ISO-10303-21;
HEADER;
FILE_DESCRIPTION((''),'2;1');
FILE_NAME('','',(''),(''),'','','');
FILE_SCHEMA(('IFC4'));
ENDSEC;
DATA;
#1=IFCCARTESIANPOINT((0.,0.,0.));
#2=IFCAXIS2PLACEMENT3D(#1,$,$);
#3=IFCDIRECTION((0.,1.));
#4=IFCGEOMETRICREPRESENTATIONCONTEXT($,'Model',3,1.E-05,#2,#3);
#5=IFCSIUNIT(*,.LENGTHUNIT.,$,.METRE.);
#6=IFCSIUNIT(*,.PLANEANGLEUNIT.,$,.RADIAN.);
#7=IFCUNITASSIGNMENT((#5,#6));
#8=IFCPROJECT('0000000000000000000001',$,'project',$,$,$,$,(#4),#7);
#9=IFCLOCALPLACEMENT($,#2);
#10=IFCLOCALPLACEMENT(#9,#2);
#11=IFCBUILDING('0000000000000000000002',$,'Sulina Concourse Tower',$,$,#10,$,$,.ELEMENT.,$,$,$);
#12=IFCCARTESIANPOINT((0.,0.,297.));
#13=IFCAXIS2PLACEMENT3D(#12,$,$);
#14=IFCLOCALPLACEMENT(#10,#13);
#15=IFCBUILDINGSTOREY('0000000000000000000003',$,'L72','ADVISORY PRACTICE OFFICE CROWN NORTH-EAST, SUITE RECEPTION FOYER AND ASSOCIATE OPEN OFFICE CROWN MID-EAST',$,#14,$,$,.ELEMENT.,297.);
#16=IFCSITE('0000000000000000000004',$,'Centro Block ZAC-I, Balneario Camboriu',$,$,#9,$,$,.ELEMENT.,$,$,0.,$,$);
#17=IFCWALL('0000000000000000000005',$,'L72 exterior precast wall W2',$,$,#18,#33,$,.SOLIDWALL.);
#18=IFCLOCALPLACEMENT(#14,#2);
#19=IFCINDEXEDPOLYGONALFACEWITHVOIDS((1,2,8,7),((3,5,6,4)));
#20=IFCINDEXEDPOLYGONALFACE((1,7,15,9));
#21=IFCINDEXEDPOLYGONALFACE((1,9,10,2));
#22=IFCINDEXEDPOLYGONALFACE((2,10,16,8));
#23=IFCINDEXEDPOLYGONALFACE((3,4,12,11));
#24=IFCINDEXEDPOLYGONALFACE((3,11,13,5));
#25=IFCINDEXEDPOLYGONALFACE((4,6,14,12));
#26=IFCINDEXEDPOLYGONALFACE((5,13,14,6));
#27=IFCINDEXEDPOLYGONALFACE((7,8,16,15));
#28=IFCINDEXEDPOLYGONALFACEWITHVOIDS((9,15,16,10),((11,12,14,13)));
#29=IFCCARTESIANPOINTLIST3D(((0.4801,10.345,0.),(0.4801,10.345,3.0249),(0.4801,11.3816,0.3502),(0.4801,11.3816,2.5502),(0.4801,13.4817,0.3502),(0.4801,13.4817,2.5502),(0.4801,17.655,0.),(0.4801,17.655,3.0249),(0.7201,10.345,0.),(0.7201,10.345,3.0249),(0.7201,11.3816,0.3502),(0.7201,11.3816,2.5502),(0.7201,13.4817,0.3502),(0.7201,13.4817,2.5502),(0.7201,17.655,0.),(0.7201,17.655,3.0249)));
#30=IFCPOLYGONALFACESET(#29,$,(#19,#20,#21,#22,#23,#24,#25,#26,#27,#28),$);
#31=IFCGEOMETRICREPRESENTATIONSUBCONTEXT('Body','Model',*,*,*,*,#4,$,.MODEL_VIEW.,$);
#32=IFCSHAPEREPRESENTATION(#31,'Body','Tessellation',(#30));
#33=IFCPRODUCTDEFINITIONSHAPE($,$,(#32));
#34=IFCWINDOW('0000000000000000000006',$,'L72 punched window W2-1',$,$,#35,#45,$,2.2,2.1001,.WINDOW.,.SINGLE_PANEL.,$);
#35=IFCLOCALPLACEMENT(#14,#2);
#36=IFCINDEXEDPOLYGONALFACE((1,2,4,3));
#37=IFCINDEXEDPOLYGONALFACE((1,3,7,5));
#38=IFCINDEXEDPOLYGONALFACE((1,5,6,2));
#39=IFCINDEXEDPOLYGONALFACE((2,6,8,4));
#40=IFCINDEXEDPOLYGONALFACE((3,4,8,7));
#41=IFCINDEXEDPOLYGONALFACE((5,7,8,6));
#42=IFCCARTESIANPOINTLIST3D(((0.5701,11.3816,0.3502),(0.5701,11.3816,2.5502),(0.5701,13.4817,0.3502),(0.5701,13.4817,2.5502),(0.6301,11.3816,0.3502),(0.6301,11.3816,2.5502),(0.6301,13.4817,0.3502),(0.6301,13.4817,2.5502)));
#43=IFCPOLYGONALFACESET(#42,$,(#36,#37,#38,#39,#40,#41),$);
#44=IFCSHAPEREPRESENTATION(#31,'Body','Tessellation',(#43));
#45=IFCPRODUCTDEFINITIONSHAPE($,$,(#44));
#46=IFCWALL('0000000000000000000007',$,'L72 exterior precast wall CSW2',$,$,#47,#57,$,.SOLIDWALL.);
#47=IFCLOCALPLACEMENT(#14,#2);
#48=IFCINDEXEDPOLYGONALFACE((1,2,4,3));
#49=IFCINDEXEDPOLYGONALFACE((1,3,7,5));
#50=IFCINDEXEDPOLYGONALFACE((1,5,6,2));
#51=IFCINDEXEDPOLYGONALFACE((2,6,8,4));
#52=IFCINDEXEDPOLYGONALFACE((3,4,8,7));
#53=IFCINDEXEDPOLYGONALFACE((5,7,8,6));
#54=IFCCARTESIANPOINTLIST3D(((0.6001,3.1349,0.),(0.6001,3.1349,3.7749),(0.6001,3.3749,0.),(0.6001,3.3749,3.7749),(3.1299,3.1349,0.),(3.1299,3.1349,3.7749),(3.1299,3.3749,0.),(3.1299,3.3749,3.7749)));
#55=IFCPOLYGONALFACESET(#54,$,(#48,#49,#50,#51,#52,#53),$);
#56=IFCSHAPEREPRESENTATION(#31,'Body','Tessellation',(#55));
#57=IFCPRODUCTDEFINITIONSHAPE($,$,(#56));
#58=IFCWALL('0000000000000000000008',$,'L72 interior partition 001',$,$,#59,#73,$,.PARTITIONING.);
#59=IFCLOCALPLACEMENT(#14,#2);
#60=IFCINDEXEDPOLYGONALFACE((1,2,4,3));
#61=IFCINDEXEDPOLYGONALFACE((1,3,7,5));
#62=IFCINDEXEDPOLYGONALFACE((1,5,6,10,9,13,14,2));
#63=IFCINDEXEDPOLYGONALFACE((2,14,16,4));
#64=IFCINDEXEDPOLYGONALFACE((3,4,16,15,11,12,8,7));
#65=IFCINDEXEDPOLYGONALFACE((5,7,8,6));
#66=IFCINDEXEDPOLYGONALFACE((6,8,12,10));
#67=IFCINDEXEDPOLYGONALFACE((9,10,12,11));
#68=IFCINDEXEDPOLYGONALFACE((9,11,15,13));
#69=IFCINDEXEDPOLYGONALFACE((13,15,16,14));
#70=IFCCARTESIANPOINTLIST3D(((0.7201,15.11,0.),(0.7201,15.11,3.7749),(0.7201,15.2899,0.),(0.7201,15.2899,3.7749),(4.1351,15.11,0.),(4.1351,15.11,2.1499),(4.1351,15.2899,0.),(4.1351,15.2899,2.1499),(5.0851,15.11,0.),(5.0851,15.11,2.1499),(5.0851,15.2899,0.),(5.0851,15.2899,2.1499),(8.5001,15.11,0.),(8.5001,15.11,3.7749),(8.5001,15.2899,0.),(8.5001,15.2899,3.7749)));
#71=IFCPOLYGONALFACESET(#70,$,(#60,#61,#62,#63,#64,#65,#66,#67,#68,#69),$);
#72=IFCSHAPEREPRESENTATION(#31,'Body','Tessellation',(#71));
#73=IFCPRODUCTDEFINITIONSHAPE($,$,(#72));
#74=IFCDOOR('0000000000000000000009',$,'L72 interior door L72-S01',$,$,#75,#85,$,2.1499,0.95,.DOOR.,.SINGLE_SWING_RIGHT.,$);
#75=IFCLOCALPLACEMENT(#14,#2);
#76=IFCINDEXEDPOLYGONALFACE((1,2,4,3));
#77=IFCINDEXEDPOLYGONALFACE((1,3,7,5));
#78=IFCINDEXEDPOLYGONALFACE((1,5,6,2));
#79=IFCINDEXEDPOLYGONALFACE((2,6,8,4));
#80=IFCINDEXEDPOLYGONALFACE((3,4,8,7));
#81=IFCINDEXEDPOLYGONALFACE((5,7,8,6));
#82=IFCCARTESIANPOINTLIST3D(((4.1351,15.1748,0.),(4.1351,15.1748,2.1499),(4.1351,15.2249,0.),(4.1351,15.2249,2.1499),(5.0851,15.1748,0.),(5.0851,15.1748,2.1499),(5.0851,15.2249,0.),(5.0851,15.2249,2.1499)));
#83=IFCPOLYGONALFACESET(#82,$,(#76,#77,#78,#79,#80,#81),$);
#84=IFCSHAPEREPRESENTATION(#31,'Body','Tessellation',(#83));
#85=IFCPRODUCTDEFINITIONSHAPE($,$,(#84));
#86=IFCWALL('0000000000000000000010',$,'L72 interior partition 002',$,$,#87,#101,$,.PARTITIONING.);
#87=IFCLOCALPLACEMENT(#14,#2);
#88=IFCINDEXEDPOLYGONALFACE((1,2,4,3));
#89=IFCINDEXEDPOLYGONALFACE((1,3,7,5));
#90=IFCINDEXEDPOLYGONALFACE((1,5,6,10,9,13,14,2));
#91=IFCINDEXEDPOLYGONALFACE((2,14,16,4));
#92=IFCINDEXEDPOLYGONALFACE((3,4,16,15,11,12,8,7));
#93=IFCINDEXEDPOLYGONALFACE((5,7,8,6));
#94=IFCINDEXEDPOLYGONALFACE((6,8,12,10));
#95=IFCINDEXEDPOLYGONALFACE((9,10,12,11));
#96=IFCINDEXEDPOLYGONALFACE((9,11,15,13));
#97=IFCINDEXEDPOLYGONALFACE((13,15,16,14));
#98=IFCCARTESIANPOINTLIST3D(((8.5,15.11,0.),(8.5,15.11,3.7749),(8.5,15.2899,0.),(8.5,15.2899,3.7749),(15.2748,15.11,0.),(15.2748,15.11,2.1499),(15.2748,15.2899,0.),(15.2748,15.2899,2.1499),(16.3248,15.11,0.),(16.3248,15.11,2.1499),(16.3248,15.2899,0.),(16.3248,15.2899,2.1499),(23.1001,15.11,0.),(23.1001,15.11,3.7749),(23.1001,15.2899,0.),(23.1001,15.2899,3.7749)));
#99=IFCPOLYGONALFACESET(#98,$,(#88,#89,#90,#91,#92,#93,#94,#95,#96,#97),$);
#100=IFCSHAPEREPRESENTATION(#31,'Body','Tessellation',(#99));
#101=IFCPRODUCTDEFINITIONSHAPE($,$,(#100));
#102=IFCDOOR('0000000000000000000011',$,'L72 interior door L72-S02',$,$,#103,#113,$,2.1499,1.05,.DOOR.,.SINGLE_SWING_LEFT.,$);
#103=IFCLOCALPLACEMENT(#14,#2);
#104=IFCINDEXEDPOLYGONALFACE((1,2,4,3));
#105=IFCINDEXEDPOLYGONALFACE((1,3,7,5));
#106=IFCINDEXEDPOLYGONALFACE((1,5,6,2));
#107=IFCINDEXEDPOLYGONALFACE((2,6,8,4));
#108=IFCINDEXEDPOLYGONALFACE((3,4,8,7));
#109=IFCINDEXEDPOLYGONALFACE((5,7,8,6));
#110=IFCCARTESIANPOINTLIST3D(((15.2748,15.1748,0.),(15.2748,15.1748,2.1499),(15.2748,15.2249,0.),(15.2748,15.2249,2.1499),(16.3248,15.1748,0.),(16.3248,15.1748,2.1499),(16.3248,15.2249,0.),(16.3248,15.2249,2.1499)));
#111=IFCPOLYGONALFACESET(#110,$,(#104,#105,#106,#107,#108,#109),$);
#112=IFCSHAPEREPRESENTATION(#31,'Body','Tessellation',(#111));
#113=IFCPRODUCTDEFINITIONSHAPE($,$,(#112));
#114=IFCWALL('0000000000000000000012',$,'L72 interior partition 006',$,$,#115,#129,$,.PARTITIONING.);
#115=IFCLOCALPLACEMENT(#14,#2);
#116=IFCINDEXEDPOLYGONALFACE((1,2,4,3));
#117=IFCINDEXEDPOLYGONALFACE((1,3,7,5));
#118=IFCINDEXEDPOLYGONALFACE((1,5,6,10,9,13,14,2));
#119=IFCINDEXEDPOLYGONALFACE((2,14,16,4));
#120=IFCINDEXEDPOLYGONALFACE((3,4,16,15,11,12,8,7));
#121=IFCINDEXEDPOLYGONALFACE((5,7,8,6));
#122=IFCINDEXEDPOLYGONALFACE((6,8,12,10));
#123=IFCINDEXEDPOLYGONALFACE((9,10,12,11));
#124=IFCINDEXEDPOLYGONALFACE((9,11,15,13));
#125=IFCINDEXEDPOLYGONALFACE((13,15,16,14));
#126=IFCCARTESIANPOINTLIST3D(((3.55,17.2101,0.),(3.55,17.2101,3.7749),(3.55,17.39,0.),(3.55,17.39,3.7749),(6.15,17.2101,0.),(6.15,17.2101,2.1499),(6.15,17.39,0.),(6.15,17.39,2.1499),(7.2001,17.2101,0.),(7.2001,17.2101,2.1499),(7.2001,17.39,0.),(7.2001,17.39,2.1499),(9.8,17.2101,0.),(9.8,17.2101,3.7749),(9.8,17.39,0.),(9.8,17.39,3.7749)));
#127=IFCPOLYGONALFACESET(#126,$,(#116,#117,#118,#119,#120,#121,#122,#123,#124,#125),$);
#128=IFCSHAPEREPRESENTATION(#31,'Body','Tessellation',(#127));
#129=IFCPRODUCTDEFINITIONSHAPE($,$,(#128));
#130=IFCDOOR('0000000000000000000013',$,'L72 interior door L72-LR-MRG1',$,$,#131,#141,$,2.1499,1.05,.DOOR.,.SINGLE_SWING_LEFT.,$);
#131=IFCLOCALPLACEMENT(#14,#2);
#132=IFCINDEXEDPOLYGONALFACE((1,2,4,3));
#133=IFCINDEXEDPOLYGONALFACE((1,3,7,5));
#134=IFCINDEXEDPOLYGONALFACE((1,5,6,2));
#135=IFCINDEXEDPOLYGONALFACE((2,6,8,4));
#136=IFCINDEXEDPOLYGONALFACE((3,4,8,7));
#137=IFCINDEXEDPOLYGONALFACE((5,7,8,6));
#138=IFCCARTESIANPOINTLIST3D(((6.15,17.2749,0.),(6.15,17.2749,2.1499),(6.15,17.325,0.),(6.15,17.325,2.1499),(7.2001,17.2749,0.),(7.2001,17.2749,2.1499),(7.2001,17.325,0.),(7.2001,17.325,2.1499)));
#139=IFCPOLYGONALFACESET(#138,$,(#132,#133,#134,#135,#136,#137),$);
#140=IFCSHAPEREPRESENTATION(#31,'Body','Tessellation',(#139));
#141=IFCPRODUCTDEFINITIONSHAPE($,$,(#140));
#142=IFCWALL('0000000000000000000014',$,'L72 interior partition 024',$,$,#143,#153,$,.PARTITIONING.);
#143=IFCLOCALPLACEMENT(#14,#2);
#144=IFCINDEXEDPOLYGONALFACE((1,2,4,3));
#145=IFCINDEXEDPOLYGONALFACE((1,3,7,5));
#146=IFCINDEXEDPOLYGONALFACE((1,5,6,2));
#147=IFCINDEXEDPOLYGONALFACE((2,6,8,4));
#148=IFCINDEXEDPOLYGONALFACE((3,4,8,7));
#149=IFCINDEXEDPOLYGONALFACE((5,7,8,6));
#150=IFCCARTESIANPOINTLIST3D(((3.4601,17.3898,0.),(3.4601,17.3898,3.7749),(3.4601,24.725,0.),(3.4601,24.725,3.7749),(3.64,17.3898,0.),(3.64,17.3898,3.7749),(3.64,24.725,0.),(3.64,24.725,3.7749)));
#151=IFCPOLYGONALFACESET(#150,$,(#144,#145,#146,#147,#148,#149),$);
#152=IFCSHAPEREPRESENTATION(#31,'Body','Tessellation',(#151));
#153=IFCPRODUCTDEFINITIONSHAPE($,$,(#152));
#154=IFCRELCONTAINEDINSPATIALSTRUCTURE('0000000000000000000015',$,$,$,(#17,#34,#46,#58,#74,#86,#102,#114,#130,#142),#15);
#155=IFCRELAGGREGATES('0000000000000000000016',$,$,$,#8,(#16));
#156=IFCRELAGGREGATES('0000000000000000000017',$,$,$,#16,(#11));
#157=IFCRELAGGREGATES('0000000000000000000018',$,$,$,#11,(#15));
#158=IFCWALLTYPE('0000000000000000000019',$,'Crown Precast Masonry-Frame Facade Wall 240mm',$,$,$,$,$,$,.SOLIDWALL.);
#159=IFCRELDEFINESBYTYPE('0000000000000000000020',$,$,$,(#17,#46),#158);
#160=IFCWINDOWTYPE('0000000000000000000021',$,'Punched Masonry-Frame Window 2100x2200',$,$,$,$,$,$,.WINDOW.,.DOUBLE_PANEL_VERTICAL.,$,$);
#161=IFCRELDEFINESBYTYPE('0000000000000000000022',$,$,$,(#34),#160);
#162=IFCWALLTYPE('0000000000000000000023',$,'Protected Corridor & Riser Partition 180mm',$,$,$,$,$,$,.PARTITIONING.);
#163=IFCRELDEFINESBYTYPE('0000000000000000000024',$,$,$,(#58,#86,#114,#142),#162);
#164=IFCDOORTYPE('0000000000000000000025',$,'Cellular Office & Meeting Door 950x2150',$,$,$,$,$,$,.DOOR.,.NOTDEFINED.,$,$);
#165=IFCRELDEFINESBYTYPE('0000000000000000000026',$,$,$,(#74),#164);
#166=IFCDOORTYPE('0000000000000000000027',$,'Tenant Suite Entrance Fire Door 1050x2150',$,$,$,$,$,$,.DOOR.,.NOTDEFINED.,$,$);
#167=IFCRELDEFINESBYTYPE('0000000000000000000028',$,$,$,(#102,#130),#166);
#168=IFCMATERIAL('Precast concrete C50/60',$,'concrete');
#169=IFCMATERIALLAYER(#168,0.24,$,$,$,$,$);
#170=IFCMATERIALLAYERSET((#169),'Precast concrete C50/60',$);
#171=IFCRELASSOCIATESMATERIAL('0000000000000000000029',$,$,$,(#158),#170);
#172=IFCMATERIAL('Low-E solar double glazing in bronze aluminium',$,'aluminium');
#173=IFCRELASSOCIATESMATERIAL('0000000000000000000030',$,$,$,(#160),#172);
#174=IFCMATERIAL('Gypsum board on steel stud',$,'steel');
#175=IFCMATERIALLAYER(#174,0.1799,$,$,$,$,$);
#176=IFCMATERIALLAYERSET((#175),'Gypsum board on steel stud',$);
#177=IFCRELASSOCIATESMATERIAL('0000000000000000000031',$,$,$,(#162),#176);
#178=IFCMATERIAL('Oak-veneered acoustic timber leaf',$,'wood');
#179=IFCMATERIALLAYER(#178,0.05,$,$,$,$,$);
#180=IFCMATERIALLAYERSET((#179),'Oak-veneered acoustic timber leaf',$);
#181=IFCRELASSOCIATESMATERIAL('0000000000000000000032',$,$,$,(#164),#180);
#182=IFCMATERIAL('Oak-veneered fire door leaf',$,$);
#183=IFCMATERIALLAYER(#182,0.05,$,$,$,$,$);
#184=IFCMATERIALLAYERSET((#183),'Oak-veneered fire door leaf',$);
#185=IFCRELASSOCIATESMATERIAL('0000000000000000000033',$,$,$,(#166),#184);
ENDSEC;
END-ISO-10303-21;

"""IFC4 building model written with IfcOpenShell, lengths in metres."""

from ifc_helpers import new_model, si_unit, direction, frame, frame_2d, origin, place, context, subcontext, project, spatial, rectangle, extrude, material, layer, layer_set, type_object, element, fill, save


model = new_model("IFC4")

# Units and contexts
model_context = context("Model", 3, precision=1e-05, world=origin(), true_north=direction((0.0, 1.0)))
body_context = subcontext(model_context, "Body", "Model", "MODEL_VIEW")
ifc_project = project(units=[si_unit("LENGTHUNIT", "METRE"), si_unit("PLANEANGLEUNIT", "RADIAN")], contexts=[model_context])

# Site, building, storey
site_placement = place(None, origin())
site = spatial("IfcSite", under=ifc_project, at=site_placement, Name="Centro Block ZAC-I, Balneario Camboriu", CompositionType="ELEMENT", RefElevation=0.0)
building_placement = place(site_placement, origin())
building = spatial("IfcBuilding", under=site, at=building_placement, Name="Sulina Concourse Tower", CompositionType="ELEMENT")
storey_placement = place(building_placement, frame((0.0, 0.0, 297.0)))
storey = spatial("IfcBuildingStorey", under=building, at=storey_placement, Name="L72", Description="ADVISORY PRACTICE OFFICE CROWN NORTH-EAST, SUITE RECEPTION FOYER AND ASSOCIATE OPEN OFFICE CROWN MID-EAST", CompositionType="ELEMENT", Elevation=297.0)

# Wall, opening, window
ifc_material_1 = material(Name="Precast concrete C50/60", Category="concrete")
ifc_layer_1 = layer(ifc_material_1, 0.24)
ifc_layer_set_1 = layer_set([ifc_layer_1], Name="Precast concrete C50/60")
wall_type_1 = type_object("IfcWallType", Name="Crown Precast Masonry-Frame Facade Wall 240mm", PredefinedType="SOLIDWALL", material=ifc_layer_set_1)
ifc_material_2 = material(Name="Low-E solar double glazing in bronze aluminium", Category="aluminium")
window_type = type_object("IfcWindowType", Name="Punched Masonry-Frame Window 2100x2200", PartitioningType="DOUBLE_PANEL_VERTICAL", PredefinedType="WINDOW", material=ifc_material_2)
wall_1_placement = place(storey_placement, frame((0.6001, 10.345, 0.0), z_axis=(0.0, 0.0, 1.0), x_axis=(0.0, 1.0, 0.0)))
wall_1 = element("IfcWall", 1, at=wall_1_placement, inside=storey, type_object=wall_type_1, Name="L72 exterior precast wall W2", PredefinedType="SOLIDWALL", context=body_context, shape_type="SweptSolid", body=[
    extrude(rectangle(XDim=7.3101, YDim=0.24, at=frame_2d((3.655, 0.0))), origin(), (0.0, 0.0, 1.0), 3.0249),
])
opening_1_placement = place(wall_1_placement, frame((1.0366, 0.0, 0.3501)))
opening_1 = element("IfcOpeningElement", 2, at=opening_1_placement, cuts=wall_1, PredefinedType="OPENING", context=body_context, shape_type="SweptSolid", body=[
    extrude(rectangle(XDim=2.1001, YDim=2.2, at=frame_2d((1.05, 1.1001))), frame((0.0, 0.1299, 0.0), z_axis=(0.0, -1.0, 0.0), x_axis=(1.0, 0.0, 0.0)), (0.0, 0.0, 1.0), 0.26),
])
window_1_placement = place(opening_1_placement, origin())
window_1 = element("IfcWindow", 3, at=window_1_placement, inside=storey, type_object=window_type, Name="L72 punched window W2-1", OverallHeight=2.2, OverallWidth=2.1001, PartitioningType="SINGLE_PANEL", PredefinedType="WINDOW", context=body_context, shape_type="SweptSolid", body=[
    extrude(rectangle(XDim=2.1001, YDim=2.2, at=frame_2d((1.05, 1.1001))), frame((0.0, 0.03, 0.0), z_axis=(0.0, -1.0, 0.0), x_axis=(1.0, 0.0, 0.0)), (0.0, 0.0, 1.0), 0.0601),
])
fill(opening_1, window_1)

# Wall
wall_2_placement = place(storey_placement, frame((3.1299, 3.2549, 0.0), z_axis=(0.0, 0.0, 1.0), x_axis=(-1.0, 0.0, 0.0)))
element("IfcWall", 4, at=wall_2_placement, inside=storey, type_object=wall_type_1, Name="L72 exterior precast wall CSW2", PredefinedType="SOLIDWALL", context=body_context, shape_type="SweptSolid", body=[
    extrude(rectangle(XDim=2.5298, YDim=0.24, at=frame_2d((1.2649, 0.0))), origin(), (0.0, 0.0, 1.0), 3.7749),
])

# Walls, openings, doors
ifc_material_3 = material(Name="Gypsum board on steel stud", Category="steel")
ifc_layer_2 = layer(ifc_material_3, 0.1799)
ifc_layer_set_2 = layer_set([ifc_layer_2], Name="Gypsum board on steel stud")
wall_type_2 = type_object("IfcWallType", Name="Protected Corridor & Riser Partition 180mm", PredefinedType="PARTITIONING", material=ifc_layer_set_2)
wall_3_placement = place(storey_placement, frame((0.72, 15.2, 0.0), z_axis=(0.0, 0.0, 1.0), x_axis=(1.0, 0.0, 0.0)))
wall_3 = element("IfcWall", 5, at=wall_3_placement, inside=storey, type_object=wall_type_2, Name="L72 interior partition 001", PredefinedType="PARTITIONING", context=body_context, shape_type="SweptSolid", body=[
    extrude(rectangle(XDim=7.78, YDim=0.1799, at=frame_2d((3.8901, 0.0))), origin(), (0.0, 0.0, 1.0), 3.7749),
])
opening_2_placement = place(wall_3_placement, frame((3.415, 0.0, 0.0)))
opening_2 = element("IfcOpeningElement", 6, at=opening_2_placement, cuts=wall_3, PredefinedType="OPENING", context=body_context, shape_type="SweptSolid", body=[
    extrude(rectangle(XDim=0.95, YDim=2.1499, at=frame_2d((0.4751, 1.075))), frame((0.0, 0.0999, 0.0), z_axis=(0.0, -1.0, 0.0), x_axis=(1.0, 0.0, 0.0)), (0.0, 0.0, 1.0), 0.2),
])
ifc_material_4 = material(Name="Oak-veneered acoustic timber leaf", Category="wood")
ifc_layer_3 = layer(ifc_material_4, 0.05)
ifc_layer_set_3 = layer_set([ifc_layer_3], Name="Oak-veneered acoustic timber leaf")
door_type_1 = type_object("IfcDoorType", Name="Cellular Office & Meeting Door 950x2150", OperationType="NOTDEFINED", PredefinedType="DOOR", material=ifc_layer_set_3)
door_1_placement = place(opening_2_placement, origin())
door_1 = element("IfcDoor", 7, at=door_1_placement, inside=storey, type_object=door_type_1, Name="L72 interior door L72-S01", OperationType="SINGLE_SWING_RIGHT", OverallHeight=2.1499, OverallWidth=0.95, PredefinedType="DOOR", context=body_context, shape_type="SweptSolid", body=[
    extrude(rectangle(XDim=0.95, YDim=2.1499, at=frame_2d((0.4751, 1.075))), frame((0.0, 0.0249, 0.0), z_axis=(0.0, -1.0, 0.0), x_axis=(1.0, 0.0, 0.0)), (0.0, 0.0, 1.0), 0.05),
])
fill(opening_2, door_1)
wall_4_placement = place(storey_placement, frame((8.5, 15.2, 0.0), z_axis=(0.0, 0.0, 1.0), x_axis=(1.0, 0.0, 0.0)))
wall_4 = element("IfcWall", 8, at=wall_4_placement, inside=storey, type_object=wall_type_2, Name="L72 interior partition 002", PredefinedType="PARTITIONING", context=body_context, shape_type="SweptSolid", body=[
    extrude(rectangle(XDim=14.6001, YDim=0.1799, at=frame_2d((7.3, 0.0))), origin(), (0.0, 0.0, 1.0), 3.7749),
])
opening_3_placement = place(wall_4_placement, frame((6.7749, 0.0, 0.0)))
opening_3 = element("IfcOpeningElement", 9, at=opening_3_placement, cuts=wall_4, PredefinedType="OPENING", context=body_context, shape_type="SweptSolid", body=[
    extrude(rectangle(XDim=1.05, YDim=2.1499, at=frame_2d((0.5249, 1.075))), frame((0.0, 0.0999, 0.0), z_axis=(0.0, -1.0, 0.0), x_axis=(1.0, 0.0, 0.0)), (0.0, 0.0, 1.0), 0.2),
])
ifc_material_5 = material(Name="Oak-veneered fire door leaf")
ifc_layer_4 = layer(ifc_material_5, 0.05)
ifc_layer_set_4 = layer_set([ifc_layer_4], Name="Oak-veneered fire door leaf")
door_type_2 = type_object("IfcDoorType", Name="Tenant Suite Entrance Fire Door 1050x2150", OperationType="NOTDEFINED", PredefinedType="DOOR", material=ifc_layer_set_4)
door_2_placement = place(opening_3_placement, origin())
door_2 = element("IfcDoor", 10, at=door_2_placement, inside=storey, type_object=door_type_2, Name="L72 interior door L72-S02", OperationType="SINGLE_SWING_LEFT", OverallHeight=2.1499, OverallWidth=1.05, PredefinedType="DOOR", context=body_context, shape_type="SweptSolid", body=[
    extrude(rectangle(XDim=1.05, YDim=2.1499, at=frame_2d((0.5249, 1.075))), frame((0.0, 0.0249, 0.0), z_axis=(0.0, -1.0, 0.0), x_axis=(1.0, 0.0, 0.0)), (0.0, 0.0, 1.0), 0.05),
])
fill(opening_3, door_2)
wall_5_placement = place(storey_placement, frame((3.55, 17.3, 0.0), z_axis=(0.0, 0.0, 1.0), x_axis=(1.0, 0.0, 0.0)))
wall_5 = element("IfcWall", 11, at=wall_5_placement, inside=storey, type_object=wall_type_2, Name="L72 interior partition 006", PredefinedType="PARTITIONING", context=body_context, shape_type="SweptSolid", body=[
    extrude(rectangle(XDim=6.25, YDim=0.1799, at=frame_2d((3.125, 0.0))), origin(), (0.0, 0.0, 1.0), 3.7749),
])
opening_4_placement = place(wall_5_placement, frame((2.6001, 0.0, 0.0)))
opening_4 = element("IfcOpeningElement", 12, at=opening_4_placement, cuts=wall_5, PredefinedType="OPENING", context=body_context, shape_type="SweptSolid", body=[
    extrude(rectangle(XDim=1.05, YDim=2.1499, at=frame_2d((0.5249, 1.075))), frame((0.0, 0.0999, 0.0), z_axis=(0.0, -1.0, 0.0), x_axis=(1.0, 0.0, 0.0)), (0.0, 0.0, 1.0), 0.2),
])
door_3_placement = place(opening_4_placement, origin())
door_3 = element("IfcDoor", 13, at=door_3_placement, inside=storey, type_object=door_type_2, Name="L72 interior door L72-LR-MRG1", OperationType="SINGLE_SWING_LEFT", OverallHeight=2.1499, OverallWidth=1.05, PredefinedType="DOOR", context=body_context, shape_type="SweptSolid", body=[
    extrude(rectangle(XDim=1.05, YDim=2.1499, at=frame_2d((0.5249, 1.075))), frame((0.0, 0.0249, 0.0), z_axis=(0.0, -1.0, 0.0), x_axis=(1.0, 0.0, 0.0)), (0.0, 0.0, 1.0), 0.05),
])
fill(opening_4, door_3)

# Wall
wall_6_placement = place(storey_placement, frame((3.55, 17.3899, 0.0), z_axis=(0.0, 0.0, 1.0), x_axis=(0.0, 1.0, 0.0)))
element("IfcWall", 14, at=wall_6_placement, inside=storey, type_object=wall_type_2, Name="L72 interior partition 024", PredefinedType="PARTITIONING", context=body_context, shape_type="SweptSolid", body=[
    extrude(rectangle(XDim=7.3352, YDim=0.1799, at=frame_2d((3.6675, 0.0))), origin(), (0.0, 0.0, 1.0), 3.7749),
])

save(model, "model.ifc")
